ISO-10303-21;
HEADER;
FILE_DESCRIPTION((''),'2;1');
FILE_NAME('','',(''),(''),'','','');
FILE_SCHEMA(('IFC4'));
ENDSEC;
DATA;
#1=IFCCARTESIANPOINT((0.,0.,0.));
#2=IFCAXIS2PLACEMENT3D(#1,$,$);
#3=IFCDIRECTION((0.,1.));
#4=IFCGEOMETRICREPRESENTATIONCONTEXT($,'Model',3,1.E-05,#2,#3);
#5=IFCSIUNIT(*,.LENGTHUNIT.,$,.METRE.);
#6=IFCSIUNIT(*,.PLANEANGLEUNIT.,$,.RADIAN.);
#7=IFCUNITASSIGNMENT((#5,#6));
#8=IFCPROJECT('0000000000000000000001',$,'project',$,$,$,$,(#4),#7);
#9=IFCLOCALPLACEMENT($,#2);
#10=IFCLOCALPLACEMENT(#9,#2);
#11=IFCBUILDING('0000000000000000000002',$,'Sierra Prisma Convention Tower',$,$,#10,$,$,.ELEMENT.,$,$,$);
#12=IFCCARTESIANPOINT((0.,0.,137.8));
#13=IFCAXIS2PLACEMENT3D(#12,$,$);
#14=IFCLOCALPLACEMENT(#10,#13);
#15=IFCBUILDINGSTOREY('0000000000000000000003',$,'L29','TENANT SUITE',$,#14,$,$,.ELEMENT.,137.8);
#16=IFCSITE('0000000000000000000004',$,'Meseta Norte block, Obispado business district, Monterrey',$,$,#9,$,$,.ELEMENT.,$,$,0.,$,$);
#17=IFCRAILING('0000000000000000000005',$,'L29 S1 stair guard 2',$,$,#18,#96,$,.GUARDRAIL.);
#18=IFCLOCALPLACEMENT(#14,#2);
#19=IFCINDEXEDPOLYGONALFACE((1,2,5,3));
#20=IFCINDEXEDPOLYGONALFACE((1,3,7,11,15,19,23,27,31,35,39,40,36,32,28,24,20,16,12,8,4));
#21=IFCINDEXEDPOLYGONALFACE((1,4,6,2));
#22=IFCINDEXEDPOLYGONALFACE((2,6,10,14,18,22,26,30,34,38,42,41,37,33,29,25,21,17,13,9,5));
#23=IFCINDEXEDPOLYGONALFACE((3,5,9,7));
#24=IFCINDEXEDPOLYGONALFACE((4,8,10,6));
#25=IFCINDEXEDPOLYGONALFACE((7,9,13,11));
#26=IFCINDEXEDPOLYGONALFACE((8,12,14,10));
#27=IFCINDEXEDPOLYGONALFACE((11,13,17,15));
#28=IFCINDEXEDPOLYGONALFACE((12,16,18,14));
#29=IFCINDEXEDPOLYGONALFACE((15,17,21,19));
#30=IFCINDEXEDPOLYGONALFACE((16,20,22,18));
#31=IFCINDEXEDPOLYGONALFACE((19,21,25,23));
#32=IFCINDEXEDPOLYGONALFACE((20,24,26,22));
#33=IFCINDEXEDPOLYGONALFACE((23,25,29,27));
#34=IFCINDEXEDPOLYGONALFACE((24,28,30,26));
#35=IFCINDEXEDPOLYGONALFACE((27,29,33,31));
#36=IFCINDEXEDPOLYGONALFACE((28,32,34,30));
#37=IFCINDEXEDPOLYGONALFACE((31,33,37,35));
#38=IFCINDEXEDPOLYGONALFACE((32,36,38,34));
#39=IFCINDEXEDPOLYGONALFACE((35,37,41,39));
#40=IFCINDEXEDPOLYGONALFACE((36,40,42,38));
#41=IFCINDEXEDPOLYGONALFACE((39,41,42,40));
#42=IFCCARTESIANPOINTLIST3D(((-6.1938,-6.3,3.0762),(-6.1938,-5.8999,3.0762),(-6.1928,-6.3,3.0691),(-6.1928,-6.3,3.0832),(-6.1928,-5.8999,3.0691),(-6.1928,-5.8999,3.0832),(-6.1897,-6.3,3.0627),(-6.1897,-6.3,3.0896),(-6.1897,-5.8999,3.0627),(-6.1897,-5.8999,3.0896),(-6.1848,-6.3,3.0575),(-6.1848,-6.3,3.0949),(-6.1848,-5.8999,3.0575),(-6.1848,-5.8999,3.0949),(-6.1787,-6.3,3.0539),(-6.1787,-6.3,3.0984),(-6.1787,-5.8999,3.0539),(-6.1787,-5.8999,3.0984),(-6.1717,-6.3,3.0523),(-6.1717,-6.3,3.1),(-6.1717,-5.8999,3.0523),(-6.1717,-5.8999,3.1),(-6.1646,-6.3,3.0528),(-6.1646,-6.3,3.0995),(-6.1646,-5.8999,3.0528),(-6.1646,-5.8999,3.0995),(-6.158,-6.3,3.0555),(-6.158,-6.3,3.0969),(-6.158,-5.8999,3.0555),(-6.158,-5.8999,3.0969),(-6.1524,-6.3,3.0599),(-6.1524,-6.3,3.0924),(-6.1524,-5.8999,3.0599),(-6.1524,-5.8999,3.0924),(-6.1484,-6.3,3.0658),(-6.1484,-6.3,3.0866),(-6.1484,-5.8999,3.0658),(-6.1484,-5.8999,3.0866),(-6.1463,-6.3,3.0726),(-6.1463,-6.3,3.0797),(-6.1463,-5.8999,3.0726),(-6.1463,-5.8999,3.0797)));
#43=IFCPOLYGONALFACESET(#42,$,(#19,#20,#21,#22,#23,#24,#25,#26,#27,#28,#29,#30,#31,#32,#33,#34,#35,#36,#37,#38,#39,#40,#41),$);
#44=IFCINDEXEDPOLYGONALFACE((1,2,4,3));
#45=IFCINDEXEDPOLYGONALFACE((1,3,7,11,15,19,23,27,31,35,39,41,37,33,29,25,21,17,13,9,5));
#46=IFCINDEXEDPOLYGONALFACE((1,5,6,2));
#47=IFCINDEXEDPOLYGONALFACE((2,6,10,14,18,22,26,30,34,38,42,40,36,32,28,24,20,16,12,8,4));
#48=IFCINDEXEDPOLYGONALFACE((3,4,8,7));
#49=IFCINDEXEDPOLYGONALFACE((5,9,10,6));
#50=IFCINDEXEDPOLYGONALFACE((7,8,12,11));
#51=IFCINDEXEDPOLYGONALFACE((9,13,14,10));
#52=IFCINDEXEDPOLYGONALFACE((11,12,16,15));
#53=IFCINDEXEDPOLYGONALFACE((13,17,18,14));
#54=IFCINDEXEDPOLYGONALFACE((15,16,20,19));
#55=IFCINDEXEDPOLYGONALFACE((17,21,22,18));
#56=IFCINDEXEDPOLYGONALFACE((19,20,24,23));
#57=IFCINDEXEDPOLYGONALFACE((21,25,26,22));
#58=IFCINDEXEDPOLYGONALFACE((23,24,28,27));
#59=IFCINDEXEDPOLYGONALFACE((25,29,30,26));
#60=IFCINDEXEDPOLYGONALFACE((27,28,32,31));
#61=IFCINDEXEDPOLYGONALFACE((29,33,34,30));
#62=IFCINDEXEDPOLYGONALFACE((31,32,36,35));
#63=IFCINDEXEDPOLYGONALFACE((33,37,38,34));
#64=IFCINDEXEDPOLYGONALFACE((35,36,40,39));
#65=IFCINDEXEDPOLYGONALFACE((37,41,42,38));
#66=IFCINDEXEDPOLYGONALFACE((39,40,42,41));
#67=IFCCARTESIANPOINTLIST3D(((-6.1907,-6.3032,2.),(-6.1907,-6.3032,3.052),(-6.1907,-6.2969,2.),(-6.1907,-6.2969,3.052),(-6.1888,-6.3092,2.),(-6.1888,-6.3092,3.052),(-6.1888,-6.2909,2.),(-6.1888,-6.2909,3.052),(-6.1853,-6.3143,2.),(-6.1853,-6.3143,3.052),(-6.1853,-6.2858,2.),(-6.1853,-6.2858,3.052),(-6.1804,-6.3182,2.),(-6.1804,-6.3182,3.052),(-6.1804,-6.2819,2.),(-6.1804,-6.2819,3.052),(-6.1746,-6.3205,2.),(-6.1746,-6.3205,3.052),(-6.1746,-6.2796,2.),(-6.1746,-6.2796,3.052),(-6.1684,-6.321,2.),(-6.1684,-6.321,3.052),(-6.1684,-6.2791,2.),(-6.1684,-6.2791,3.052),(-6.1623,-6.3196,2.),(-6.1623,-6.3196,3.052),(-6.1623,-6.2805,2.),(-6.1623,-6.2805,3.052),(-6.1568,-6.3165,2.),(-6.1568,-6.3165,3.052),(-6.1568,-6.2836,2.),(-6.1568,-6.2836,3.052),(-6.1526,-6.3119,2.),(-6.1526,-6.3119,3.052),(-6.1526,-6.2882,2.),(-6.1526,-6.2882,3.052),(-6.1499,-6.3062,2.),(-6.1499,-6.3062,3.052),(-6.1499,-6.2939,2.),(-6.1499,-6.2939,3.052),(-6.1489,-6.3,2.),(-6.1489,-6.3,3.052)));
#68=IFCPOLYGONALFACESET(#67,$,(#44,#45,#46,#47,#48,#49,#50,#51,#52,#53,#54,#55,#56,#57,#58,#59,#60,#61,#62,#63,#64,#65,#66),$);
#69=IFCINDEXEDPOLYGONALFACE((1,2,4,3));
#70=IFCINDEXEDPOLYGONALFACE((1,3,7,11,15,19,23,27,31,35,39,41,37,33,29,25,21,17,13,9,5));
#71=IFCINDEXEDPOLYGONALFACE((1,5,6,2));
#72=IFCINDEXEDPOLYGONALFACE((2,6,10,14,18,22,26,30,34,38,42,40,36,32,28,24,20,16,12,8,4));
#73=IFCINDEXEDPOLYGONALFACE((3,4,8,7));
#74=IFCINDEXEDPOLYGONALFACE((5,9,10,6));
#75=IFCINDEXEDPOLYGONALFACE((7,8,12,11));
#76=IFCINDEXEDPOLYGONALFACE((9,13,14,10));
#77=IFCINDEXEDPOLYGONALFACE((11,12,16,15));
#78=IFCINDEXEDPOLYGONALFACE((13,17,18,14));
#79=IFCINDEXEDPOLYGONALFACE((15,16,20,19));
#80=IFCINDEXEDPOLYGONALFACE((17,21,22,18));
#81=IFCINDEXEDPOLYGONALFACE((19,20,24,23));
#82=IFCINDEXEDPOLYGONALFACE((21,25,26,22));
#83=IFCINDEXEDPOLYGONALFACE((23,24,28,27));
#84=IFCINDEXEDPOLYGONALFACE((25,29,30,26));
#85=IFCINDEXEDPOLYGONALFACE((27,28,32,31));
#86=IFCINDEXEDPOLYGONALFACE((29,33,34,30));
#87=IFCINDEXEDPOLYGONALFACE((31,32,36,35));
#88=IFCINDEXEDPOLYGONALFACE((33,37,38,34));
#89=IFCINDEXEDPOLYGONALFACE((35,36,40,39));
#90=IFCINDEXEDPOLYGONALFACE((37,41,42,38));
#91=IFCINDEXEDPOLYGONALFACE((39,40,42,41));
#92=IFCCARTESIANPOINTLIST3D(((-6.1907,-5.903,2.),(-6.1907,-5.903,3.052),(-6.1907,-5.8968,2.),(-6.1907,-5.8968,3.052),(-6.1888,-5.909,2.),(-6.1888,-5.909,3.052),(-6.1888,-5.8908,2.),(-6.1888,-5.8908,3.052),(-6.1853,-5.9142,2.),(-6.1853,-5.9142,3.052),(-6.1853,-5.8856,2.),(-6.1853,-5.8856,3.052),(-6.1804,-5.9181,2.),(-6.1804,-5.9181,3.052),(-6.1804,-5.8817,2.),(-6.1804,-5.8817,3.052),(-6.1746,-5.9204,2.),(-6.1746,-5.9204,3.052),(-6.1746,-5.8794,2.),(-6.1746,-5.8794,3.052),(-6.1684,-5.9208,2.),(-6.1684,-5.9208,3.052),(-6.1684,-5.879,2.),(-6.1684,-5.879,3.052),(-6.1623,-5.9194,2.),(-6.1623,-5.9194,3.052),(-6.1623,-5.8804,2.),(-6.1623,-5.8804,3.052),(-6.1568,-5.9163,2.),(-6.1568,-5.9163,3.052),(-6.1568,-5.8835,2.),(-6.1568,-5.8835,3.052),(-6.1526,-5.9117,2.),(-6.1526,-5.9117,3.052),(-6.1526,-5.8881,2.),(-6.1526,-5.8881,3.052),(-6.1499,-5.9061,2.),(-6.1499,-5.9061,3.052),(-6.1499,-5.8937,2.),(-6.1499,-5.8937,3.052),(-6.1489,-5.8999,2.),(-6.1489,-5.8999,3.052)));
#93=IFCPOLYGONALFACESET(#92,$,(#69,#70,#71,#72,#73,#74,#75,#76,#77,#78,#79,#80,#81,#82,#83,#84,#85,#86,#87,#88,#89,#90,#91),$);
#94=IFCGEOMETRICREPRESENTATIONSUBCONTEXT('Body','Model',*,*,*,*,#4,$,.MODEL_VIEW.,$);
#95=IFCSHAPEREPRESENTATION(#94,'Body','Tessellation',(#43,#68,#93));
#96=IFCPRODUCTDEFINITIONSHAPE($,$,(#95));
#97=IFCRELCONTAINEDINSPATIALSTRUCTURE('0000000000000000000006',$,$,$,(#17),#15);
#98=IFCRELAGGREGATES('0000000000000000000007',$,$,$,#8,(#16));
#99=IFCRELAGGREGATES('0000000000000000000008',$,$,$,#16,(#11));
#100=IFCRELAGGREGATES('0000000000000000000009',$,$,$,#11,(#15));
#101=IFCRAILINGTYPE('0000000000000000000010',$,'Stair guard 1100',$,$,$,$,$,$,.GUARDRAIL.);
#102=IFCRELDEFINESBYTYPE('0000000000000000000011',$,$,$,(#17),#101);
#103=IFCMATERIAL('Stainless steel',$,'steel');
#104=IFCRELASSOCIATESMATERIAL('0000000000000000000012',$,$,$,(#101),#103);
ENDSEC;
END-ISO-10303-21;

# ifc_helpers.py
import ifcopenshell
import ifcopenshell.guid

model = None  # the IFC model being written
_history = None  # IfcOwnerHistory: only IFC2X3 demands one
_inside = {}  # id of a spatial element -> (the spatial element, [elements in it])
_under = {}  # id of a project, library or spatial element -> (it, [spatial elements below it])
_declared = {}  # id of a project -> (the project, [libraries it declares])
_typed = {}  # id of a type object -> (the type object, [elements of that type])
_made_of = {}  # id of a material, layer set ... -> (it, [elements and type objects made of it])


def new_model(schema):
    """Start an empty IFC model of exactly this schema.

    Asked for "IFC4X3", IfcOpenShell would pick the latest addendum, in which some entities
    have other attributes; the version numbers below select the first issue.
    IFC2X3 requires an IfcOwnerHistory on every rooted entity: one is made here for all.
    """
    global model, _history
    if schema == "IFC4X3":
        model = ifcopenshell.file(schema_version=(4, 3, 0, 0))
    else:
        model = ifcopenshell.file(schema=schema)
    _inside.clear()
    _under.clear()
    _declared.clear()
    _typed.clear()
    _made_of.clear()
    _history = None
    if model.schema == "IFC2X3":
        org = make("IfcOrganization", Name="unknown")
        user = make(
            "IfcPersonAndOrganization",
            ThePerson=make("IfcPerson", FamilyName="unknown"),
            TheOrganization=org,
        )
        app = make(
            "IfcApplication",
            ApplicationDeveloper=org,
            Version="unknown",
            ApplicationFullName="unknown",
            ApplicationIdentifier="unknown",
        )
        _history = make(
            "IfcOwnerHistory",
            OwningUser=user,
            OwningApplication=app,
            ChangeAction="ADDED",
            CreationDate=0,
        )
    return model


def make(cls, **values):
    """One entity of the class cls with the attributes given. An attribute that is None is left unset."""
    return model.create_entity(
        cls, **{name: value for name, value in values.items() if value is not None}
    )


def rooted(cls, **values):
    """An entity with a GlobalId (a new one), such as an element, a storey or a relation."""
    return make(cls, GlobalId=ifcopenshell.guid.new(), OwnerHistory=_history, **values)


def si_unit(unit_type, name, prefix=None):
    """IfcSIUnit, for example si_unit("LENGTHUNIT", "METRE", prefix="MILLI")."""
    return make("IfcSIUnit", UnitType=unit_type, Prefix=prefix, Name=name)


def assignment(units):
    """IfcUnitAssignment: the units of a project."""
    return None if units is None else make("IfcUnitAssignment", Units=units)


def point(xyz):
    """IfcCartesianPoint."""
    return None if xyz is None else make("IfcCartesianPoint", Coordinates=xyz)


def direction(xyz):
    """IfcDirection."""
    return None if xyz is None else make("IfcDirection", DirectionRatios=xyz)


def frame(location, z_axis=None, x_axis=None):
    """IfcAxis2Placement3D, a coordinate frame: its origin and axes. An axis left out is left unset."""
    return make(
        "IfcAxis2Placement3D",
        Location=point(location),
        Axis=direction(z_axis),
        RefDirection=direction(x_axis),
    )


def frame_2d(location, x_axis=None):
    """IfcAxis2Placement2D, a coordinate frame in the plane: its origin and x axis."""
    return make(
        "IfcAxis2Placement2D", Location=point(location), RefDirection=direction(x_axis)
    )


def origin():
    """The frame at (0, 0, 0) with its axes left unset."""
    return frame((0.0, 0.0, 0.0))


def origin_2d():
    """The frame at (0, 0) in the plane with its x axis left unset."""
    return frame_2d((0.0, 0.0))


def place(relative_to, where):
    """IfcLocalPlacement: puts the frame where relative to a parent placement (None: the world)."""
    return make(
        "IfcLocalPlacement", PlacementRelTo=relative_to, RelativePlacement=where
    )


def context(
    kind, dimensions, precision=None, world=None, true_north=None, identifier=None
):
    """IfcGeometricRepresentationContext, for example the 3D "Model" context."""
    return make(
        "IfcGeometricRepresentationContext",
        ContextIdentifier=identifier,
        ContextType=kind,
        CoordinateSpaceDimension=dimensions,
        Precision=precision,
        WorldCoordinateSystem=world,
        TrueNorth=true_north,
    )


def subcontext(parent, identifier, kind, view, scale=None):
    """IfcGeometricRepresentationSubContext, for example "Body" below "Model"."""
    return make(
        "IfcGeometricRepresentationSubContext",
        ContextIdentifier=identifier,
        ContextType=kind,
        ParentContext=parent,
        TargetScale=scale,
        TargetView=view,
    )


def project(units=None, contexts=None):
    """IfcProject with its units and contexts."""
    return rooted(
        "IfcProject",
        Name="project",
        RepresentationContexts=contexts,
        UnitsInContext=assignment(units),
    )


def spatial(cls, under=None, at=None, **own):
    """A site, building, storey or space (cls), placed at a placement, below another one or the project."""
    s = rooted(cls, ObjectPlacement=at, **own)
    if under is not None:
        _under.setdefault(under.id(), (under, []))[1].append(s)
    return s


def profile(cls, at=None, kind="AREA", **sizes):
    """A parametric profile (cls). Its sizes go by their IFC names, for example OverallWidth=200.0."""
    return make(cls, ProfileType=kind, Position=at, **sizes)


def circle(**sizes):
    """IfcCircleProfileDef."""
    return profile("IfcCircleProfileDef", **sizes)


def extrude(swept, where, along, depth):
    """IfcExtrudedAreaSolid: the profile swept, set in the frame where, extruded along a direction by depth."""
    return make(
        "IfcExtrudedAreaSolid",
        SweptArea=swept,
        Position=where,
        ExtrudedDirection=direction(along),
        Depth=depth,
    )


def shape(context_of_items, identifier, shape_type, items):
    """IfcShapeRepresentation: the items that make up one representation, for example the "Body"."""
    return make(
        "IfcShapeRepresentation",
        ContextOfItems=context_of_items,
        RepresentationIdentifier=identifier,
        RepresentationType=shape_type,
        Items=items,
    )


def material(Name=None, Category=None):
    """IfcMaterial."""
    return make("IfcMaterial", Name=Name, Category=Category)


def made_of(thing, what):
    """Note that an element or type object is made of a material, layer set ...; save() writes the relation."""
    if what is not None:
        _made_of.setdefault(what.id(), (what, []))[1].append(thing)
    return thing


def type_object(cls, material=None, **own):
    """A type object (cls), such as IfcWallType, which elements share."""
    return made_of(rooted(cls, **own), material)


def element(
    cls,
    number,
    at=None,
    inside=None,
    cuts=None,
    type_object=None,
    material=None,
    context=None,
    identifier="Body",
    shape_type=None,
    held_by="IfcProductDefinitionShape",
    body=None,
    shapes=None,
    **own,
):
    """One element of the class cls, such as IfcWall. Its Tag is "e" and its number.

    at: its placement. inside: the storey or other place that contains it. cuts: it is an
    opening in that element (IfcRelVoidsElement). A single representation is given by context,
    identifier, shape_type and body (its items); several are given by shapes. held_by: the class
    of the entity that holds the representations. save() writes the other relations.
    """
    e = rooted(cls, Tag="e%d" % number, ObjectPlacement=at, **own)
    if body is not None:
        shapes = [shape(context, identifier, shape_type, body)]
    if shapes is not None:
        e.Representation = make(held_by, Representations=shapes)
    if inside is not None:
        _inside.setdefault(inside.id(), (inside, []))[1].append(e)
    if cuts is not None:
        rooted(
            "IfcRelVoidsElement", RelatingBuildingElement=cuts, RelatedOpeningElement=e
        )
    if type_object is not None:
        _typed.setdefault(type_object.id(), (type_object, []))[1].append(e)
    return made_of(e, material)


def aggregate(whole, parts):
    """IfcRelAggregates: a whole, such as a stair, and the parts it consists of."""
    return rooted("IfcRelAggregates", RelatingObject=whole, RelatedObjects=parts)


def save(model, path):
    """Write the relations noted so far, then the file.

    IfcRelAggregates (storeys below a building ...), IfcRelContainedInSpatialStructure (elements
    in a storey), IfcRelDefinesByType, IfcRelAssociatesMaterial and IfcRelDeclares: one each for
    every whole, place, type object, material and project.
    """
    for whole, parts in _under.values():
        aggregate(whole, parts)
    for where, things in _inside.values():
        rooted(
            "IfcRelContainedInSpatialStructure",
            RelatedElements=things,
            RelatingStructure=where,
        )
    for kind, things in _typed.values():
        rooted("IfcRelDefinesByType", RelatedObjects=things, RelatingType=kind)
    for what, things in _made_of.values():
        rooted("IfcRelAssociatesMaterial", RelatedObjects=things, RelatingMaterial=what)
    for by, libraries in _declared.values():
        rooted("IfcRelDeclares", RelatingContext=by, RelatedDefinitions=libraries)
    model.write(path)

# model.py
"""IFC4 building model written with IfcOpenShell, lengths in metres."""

from ifc_helpers import new_model, si_unit, direction, frame, origin, origin_2d, place, context, subcontext, project, spatial, circle, extrude, material, type_object, element, save


model = new_model("IFC4")

# Units and contexts
model_context = context("Model", 3, precision=1e-05, world=origin(), true_north=direction((0.0, 1.0)))
body_context = subcontext(model_context, "Body", "Model", "MODEL_VIEW")
ifc_project = project(units=[si_unit("LENGTHUNIT", "METRE"), si_unit("PLANEANGLEUNIT", "RADIAN")], contexts=[model_context])

# Site, building, storey
site_placement = place(None, origin())
site = spatial("IfcSite", under=ifc_project, at=site_placement, Name="Meseta Norte block, Obispado business district, Monterrey", CompositionType="ELEMENT", RefElevation=0.0)
building_placement = place(site_placement, origin())
building = spatial("IfcBuilding", under=site, at=building_placement, Name="Sierra Prisma Convention Tower", CompositionType="ELEMENT")
storey_placement = place(building_placement, frame((0.0, 0.0, 137.8)))
storey = spatial("IfcBuildingStorey", under=building, at=storey_placement, Name="L29", Description="TENANT SUITE", CompositionType="ELEMENT", Elevation=137.8)

# Railing
ifc_material_1 = material(Name="Stainless steel", Category="steel")
railing_type_1 = type_object("IfcRailingType", Name="Stair guard 1100", PredefinedType="GUARDRAIL", material=ifc_material_1)
railing_1_placement = place(storey_placement, frame((-6.1699, -6.3, 2.0)))
element("IfcRailing", 1, at=railing_1_placement, inside=storey, type_object=railing_type_1, Name="L29 S1 stair guard 2", PredefinedType="GUARDRAIL", context=body_context, shape_type="SweptSolid", body=[
    extrude(circle(Radius=0.0239, at=origin_2d()), frame((0.0, 0.0, 1.0762), z_axis=(0.0, 1.0, 0.0), x_axis=(-1.0, 0.0, 0.0)), (0.0, 0.0, 1.0), 0.4001),
    extrude(circle(Radius=0.021, at=origin_2d()), origin(), (0.0, 0.0, 1.0), 1.052),
    extrude(circle(Radius=0.021, at=origin_2d()), frame((0.0, 0.4001, 0.0)), (0.0, 0.0, 1.0), 1.052),
])

save(model, "model.ifc")
